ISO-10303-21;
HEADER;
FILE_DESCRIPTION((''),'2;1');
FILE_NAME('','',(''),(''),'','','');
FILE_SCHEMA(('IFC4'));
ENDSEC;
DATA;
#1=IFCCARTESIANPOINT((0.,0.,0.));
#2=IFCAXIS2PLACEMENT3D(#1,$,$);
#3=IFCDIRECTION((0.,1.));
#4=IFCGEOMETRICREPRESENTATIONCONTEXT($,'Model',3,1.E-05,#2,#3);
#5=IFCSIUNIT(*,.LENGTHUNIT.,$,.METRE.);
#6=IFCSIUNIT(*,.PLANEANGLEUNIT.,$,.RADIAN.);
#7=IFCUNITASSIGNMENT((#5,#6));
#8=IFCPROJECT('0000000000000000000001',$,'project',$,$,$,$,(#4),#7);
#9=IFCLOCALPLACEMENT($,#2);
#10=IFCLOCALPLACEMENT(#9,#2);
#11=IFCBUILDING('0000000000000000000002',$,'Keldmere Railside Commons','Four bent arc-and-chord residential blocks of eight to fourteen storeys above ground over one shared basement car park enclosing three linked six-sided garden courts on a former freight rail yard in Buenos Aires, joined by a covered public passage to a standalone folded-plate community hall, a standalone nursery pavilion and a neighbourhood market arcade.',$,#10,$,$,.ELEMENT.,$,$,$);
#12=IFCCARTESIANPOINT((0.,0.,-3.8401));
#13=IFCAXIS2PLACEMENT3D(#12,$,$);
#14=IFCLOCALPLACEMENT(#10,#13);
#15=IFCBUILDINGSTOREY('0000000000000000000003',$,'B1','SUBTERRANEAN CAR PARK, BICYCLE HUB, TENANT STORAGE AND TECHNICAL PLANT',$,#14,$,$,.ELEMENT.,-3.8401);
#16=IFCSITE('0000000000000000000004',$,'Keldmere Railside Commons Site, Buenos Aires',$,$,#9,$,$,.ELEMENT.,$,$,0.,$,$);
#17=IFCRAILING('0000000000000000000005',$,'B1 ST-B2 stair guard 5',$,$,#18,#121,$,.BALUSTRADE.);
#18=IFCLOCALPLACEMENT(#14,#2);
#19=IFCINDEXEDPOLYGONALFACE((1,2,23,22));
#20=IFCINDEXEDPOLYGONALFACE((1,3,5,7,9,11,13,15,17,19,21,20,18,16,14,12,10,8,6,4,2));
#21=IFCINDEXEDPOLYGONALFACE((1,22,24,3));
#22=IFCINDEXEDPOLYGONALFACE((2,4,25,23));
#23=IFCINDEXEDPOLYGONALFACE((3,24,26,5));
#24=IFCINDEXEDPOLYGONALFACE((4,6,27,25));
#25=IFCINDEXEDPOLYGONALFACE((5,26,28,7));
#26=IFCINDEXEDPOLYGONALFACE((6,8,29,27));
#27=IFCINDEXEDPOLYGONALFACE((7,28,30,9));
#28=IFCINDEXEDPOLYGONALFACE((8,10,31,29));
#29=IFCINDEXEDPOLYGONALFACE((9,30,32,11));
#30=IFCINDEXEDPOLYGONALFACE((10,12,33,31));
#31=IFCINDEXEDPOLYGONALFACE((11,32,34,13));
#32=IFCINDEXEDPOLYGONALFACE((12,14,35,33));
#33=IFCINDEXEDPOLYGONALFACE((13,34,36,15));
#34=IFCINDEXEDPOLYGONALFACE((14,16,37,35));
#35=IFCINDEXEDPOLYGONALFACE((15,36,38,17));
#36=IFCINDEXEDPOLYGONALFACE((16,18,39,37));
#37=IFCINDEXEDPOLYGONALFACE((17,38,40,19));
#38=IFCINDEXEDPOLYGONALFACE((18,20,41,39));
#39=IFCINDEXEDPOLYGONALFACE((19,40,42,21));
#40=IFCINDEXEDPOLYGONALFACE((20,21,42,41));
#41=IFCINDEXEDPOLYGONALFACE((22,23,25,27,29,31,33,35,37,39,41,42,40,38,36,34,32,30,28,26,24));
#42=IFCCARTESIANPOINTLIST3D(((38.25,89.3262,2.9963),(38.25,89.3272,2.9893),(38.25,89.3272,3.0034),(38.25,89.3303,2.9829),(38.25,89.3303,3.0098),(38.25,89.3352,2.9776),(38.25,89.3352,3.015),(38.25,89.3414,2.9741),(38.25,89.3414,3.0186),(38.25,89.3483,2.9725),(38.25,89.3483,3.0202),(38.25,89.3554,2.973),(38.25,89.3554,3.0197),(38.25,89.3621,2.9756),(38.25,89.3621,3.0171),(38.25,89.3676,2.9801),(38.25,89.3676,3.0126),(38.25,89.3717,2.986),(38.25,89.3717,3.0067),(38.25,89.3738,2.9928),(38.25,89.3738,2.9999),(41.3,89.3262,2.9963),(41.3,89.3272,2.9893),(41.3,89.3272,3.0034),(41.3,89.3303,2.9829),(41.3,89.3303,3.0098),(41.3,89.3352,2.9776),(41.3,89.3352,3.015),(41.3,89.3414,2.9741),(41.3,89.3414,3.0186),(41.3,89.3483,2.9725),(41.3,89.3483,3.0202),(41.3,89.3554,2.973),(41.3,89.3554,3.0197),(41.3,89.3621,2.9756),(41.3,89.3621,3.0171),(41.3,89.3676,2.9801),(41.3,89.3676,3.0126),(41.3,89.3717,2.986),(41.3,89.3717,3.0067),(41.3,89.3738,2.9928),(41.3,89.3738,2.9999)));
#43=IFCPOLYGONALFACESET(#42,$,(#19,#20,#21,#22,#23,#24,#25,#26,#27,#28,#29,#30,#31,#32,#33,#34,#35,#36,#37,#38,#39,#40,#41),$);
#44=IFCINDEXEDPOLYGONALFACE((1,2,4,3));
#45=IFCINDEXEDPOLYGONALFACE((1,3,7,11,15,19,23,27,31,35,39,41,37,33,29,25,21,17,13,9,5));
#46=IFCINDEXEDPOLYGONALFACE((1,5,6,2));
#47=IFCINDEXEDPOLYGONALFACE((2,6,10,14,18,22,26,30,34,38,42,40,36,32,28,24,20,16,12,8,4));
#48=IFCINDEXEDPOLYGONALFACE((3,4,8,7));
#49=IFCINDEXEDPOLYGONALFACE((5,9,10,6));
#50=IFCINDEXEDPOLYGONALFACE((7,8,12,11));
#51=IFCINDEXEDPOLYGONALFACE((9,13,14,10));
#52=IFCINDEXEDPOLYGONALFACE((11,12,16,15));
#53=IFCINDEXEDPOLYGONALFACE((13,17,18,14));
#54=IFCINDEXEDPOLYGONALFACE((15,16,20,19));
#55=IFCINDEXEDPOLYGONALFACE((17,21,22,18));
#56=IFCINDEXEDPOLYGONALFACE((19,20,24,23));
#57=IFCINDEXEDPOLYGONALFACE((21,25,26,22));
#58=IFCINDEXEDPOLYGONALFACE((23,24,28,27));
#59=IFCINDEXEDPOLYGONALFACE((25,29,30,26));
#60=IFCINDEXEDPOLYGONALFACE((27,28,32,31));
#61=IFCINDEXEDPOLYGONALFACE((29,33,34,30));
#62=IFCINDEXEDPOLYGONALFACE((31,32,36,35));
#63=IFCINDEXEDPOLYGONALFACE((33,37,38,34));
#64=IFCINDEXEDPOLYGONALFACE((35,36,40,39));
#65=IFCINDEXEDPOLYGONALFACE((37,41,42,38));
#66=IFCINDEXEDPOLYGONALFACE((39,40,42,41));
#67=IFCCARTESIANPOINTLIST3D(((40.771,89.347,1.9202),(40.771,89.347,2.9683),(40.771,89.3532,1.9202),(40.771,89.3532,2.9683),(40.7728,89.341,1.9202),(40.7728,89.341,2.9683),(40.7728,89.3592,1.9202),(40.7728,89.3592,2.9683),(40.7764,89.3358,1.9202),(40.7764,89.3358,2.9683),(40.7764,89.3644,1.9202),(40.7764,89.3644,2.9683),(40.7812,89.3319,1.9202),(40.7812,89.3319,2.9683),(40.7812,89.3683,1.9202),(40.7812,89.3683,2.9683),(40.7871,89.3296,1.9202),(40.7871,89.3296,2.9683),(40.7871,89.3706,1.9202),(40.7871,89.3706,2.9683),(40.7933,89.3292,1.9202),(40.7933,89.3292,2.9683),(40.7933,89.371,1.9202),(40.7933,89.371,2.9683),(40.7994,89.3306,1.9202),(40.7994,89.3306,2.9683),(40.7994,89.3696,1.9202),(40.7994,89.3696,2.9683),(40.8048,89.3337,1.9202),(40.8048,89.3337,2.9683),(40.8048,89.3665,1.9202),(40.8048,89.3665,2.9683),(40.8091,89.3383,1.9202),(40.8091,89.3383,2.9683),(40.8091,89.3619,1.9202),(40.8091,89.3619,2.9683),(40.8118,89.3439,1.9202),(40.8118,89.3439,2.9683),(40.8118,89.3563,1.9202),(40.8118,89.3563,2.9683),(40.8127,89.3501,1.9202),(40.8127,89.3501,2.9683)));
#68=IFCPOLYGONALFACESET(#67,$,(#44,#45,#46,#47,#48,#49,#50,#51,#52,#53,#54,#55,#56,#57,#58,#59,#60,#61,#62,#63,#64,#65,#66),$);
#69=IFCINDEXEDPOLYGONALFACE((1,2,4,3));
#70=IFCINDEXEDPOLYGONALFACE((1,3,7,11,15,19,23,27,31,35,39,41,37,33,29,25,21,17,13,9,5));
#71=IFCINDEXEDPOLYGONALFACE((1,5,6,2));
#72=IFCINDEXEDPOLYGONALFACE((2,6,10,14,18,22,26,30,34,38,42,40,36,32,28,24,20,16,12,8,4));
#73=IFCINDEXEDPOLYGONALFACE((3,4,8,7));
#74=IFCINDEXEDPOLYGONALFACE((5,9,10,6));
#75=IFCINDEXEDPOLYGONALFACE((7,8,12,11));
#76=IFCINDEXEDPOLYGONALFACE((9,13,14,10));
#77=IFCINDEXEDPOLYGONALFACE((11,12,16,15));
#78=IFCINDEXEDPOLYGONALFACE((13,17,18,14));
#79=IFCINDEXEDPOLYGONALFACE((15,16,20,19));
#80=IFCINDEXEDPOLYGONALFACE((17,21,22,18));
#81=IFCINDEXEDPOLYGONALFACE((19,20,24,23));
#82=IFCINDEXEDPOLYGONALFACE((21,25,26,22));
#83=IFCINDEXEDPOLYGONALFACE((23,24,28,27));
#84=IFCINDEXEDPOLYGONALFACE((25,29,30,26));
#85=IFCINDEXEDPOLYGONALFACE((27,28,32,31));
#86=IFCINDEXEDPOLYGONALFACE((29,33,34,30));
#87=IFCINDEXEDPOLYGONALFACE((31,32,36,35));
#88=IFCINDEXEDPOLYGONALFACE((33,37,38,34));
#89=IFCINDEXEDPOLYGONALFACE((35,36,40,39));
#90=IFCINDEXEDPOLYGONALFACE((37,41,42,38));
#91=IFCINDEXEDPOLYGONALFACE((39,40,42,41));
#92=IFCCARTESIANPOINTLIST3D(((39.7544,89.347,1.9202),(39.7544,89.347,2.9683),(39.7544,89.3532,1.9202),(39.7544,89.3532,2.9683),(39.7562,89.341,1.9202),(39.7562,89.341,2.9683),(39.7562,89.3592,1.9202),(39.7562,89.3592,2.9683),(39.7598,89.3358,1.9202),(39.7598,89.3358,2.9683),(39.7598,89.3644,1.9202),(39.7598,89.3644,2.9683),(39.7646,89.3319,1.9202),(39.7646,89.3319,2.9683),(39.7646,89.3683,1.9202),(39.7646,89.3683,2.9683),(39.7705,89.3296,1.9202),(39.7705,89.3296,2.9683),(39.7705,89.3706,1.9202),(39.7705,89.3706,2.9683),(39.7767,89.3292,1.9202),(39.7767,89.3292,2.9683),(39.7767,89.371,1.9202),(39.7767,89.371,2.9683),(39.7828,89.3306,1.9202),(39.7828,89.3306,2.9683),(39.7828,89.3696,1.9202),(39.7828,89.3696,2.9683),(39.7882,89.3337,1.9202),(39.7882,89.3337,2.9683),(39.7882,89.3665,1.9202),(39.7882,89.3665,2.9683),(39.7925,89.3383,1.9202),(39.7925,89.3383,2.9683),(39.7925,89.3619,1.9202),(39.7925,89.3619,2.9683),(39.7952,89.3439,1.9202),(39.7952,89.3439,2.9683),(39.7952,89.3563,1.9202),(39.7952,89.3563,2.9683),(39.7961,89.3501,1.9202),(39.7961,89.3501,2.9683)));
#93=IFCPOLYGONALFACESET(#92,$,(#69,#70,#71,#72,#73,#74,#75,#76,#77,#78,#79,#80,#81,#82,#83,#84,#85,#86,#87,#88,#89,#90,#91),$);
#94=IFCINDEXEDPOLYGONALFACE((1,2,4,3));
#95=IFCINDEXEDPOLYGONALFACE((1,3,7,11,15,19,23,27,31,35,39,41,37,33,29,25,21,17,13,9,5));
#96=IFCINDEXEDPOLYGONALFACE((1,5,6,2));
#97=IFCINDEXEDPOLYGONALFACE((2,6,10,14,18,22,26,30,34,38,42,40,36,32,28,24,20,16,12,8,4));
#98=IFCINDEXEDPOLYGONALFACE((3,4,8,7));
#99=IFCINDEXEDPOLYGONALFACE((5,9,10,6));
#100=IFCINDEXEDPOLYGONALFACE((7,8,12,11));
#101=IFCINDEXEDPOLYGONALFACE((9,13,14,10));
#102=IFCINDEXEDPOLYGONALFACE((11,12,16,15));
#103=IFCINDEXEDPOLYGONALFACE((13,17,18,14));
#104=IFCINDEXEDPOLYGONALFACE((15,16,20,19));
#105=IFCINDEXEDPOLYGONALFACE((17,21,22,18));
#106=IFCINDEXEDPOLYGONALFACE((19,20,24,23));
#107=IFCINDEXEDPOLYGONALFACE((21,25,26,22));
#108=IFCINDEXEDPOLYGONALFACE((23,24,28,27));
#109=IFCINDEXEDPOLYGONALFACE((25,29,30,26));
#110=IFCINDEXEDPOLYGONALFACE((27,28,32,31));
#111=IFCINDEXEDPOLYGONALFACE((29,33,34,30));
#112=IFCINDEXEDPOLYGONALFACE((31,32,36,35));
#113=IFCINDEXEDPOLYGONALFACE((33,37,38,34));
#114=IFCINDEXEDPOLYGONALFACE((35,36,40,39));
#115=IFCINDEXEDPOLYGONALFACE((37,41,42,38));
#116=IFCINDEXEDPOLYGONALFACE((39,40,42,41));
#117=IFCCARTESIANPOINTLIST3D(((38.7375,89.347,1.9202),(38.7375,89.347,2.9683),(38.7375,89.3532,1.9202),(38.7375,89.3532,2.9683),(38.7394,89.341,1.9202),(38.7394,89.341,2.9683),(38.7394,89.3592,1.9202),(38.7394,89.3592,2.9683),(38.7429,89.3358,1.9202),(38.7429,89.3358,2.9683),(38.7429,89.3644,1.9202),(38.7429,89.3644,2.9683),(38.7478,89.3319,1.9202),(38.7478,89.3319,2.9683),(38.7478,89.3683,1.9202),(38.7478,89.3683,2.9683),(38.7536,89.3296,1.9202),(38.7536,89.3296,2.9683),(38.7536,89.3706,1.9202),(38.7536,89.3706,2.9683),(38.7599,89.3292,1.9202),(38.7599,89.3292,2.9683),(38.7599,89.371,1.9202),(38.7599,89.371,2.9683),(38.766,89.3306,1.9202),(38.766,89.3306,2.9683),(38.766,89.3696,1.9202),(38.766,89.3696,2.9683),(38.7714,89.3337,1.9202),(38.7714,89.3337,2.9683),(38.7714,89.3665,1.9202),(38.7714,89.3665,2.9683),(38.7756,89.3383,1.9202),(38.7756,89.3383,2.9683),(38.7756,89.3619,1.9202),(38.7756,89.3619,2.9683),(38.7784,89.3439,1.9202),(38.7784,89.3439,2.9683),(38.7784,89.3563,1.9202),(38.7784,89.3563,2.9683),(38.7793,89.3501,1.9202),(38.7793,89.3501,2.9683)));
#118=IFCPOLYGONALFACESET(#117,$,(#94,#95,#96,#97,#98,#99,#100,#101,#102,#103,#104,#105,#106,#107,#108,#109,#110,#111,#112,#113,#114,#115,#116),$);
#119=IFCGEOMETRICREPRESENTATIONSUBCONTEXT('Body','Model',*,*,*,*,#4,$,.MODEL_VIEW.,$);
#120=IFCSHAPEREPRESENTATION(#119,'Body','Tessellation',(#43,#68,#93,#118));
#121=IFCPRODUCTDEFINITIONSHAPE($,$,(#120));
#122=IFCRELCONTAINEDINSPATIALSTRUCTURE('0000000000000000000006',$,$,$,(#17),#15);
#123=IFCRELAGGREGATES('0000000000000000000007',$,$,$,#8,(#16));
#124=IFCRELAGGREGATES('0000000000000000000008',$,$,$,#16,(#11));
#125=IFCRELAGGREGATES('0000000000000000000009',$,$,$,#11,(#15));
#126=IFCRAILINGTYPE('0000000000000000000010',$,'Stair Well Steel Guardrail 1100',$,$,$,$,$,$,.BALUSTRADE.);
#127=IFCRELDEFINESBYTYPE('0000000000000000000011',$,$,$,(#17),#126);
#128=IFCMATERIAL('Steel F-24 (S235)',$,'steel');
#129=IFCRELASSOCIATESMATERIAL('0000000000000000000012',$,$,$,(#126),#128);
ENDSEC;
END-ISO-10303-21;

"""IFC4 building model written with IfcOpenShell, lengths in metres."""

from ifc_helpers import new_model, si_unit, direction, frame, origin, origin_2d, place, context, subcontext, project, spatial, circle, extrude, material, type_object, element, save


model = new_model("IFC4")

# Units and contexts
model_context = context("Model", 3, precision=1e-05, world=origin(), true_north=direction((0.0, 1.0)))
body_context = subcontext(model_context, "Body", "Model", "MODEL_VIEW")
ifc_project = project(units=[si_unit("LENGTHUNIT", "METRE"), si_unit("PLANEANGLEUNIT", "RADIAN")], contexts=[model_context])

# Site, building, storey
site_placement = place(None, origin())
site = spatial("IfcSite", under=ifc_project, at=site_placement, Name="Keldmere Railside Commons Site, Buenos Aires", CompositionType="ELEMENT", RefElevation=0.0)
building_placement = place(site_placement, origin())
building = spatial("IfcBuilding", under=site, at=building_placement, Name="Keldmere Railside Commons", Description="Four bent arc-and-chord residential blocks of eight to fourteen storeys above ground over one shared basement car park enclosing three linked six-sided garden courts on a former freight rail yard in Buenos Aires, joined by a covered public passage to a standalone folded-plate community hall, a standalone nursery pavilion and a neighbourhood market arcade.", CompositionType="ELEMENT")
storey_placement = place(building_placement, frame((0.0, 0.0, -3.8401)))
storey = spatial("IfcBuildingStorey", under=building, at=storey_placement, Name="B1", Description="SUBTERRANEAN CAR PARK, BICYCLE HUB, TENANT STORAGE AND TECHNICAL PLANT", CompositionType="ELEMENT", Elevation=-3.8401)

# Railing
ifc_material_1 = material(Name="Steel F-24 (S235)", Category="steel")
railing_type_1 = type_object("IfcRailingType", Name="Stair Well Steel Guardrail 1100", PredefinedType="BALUSTRADE", material=ifc_material_1)
railing_1_placement = place(storey_placement, frame((41.3, 89.3501, 1.9202)))
element("IfcRailing", 1, at=railing_1_placement, inside=storey, type_object=railing_type_1, Name="B1 ST-B2 stair guard 5", PredefinedType="BALUSTRADE", context=body_context, shape_type="SweptSolid", body=[
    extrude(circle(Radius=0.0239, at=origin_2d()), frame((0.0, 0.0, 1.0762), z_axis=(-1.0, 0.0, 0.0), x_axis=(0.0, -1.0, 0.0)), (0.0, 0.0, 1.0), 3.05),
    extrude(circle(Radius=0.021, at=origin_2d()), frame((-0.5083, 0.0, 0.0)), (0.0, 0.0, 1.0), 1.0481),
    extrude(circle(Radius=0.021, at=origin_2d()), frame((-1.5249, 0.0, 0.0)), (0.0, 0.0, 1.0), 1.0481),
    extrude(circle(Radius=0.021, at=origin_2d()), frame((-2.5417, 0.0, 0.0)), (0.0, 0.0, 1.0), 1.0481),
])

save(model, "model.ifc")
